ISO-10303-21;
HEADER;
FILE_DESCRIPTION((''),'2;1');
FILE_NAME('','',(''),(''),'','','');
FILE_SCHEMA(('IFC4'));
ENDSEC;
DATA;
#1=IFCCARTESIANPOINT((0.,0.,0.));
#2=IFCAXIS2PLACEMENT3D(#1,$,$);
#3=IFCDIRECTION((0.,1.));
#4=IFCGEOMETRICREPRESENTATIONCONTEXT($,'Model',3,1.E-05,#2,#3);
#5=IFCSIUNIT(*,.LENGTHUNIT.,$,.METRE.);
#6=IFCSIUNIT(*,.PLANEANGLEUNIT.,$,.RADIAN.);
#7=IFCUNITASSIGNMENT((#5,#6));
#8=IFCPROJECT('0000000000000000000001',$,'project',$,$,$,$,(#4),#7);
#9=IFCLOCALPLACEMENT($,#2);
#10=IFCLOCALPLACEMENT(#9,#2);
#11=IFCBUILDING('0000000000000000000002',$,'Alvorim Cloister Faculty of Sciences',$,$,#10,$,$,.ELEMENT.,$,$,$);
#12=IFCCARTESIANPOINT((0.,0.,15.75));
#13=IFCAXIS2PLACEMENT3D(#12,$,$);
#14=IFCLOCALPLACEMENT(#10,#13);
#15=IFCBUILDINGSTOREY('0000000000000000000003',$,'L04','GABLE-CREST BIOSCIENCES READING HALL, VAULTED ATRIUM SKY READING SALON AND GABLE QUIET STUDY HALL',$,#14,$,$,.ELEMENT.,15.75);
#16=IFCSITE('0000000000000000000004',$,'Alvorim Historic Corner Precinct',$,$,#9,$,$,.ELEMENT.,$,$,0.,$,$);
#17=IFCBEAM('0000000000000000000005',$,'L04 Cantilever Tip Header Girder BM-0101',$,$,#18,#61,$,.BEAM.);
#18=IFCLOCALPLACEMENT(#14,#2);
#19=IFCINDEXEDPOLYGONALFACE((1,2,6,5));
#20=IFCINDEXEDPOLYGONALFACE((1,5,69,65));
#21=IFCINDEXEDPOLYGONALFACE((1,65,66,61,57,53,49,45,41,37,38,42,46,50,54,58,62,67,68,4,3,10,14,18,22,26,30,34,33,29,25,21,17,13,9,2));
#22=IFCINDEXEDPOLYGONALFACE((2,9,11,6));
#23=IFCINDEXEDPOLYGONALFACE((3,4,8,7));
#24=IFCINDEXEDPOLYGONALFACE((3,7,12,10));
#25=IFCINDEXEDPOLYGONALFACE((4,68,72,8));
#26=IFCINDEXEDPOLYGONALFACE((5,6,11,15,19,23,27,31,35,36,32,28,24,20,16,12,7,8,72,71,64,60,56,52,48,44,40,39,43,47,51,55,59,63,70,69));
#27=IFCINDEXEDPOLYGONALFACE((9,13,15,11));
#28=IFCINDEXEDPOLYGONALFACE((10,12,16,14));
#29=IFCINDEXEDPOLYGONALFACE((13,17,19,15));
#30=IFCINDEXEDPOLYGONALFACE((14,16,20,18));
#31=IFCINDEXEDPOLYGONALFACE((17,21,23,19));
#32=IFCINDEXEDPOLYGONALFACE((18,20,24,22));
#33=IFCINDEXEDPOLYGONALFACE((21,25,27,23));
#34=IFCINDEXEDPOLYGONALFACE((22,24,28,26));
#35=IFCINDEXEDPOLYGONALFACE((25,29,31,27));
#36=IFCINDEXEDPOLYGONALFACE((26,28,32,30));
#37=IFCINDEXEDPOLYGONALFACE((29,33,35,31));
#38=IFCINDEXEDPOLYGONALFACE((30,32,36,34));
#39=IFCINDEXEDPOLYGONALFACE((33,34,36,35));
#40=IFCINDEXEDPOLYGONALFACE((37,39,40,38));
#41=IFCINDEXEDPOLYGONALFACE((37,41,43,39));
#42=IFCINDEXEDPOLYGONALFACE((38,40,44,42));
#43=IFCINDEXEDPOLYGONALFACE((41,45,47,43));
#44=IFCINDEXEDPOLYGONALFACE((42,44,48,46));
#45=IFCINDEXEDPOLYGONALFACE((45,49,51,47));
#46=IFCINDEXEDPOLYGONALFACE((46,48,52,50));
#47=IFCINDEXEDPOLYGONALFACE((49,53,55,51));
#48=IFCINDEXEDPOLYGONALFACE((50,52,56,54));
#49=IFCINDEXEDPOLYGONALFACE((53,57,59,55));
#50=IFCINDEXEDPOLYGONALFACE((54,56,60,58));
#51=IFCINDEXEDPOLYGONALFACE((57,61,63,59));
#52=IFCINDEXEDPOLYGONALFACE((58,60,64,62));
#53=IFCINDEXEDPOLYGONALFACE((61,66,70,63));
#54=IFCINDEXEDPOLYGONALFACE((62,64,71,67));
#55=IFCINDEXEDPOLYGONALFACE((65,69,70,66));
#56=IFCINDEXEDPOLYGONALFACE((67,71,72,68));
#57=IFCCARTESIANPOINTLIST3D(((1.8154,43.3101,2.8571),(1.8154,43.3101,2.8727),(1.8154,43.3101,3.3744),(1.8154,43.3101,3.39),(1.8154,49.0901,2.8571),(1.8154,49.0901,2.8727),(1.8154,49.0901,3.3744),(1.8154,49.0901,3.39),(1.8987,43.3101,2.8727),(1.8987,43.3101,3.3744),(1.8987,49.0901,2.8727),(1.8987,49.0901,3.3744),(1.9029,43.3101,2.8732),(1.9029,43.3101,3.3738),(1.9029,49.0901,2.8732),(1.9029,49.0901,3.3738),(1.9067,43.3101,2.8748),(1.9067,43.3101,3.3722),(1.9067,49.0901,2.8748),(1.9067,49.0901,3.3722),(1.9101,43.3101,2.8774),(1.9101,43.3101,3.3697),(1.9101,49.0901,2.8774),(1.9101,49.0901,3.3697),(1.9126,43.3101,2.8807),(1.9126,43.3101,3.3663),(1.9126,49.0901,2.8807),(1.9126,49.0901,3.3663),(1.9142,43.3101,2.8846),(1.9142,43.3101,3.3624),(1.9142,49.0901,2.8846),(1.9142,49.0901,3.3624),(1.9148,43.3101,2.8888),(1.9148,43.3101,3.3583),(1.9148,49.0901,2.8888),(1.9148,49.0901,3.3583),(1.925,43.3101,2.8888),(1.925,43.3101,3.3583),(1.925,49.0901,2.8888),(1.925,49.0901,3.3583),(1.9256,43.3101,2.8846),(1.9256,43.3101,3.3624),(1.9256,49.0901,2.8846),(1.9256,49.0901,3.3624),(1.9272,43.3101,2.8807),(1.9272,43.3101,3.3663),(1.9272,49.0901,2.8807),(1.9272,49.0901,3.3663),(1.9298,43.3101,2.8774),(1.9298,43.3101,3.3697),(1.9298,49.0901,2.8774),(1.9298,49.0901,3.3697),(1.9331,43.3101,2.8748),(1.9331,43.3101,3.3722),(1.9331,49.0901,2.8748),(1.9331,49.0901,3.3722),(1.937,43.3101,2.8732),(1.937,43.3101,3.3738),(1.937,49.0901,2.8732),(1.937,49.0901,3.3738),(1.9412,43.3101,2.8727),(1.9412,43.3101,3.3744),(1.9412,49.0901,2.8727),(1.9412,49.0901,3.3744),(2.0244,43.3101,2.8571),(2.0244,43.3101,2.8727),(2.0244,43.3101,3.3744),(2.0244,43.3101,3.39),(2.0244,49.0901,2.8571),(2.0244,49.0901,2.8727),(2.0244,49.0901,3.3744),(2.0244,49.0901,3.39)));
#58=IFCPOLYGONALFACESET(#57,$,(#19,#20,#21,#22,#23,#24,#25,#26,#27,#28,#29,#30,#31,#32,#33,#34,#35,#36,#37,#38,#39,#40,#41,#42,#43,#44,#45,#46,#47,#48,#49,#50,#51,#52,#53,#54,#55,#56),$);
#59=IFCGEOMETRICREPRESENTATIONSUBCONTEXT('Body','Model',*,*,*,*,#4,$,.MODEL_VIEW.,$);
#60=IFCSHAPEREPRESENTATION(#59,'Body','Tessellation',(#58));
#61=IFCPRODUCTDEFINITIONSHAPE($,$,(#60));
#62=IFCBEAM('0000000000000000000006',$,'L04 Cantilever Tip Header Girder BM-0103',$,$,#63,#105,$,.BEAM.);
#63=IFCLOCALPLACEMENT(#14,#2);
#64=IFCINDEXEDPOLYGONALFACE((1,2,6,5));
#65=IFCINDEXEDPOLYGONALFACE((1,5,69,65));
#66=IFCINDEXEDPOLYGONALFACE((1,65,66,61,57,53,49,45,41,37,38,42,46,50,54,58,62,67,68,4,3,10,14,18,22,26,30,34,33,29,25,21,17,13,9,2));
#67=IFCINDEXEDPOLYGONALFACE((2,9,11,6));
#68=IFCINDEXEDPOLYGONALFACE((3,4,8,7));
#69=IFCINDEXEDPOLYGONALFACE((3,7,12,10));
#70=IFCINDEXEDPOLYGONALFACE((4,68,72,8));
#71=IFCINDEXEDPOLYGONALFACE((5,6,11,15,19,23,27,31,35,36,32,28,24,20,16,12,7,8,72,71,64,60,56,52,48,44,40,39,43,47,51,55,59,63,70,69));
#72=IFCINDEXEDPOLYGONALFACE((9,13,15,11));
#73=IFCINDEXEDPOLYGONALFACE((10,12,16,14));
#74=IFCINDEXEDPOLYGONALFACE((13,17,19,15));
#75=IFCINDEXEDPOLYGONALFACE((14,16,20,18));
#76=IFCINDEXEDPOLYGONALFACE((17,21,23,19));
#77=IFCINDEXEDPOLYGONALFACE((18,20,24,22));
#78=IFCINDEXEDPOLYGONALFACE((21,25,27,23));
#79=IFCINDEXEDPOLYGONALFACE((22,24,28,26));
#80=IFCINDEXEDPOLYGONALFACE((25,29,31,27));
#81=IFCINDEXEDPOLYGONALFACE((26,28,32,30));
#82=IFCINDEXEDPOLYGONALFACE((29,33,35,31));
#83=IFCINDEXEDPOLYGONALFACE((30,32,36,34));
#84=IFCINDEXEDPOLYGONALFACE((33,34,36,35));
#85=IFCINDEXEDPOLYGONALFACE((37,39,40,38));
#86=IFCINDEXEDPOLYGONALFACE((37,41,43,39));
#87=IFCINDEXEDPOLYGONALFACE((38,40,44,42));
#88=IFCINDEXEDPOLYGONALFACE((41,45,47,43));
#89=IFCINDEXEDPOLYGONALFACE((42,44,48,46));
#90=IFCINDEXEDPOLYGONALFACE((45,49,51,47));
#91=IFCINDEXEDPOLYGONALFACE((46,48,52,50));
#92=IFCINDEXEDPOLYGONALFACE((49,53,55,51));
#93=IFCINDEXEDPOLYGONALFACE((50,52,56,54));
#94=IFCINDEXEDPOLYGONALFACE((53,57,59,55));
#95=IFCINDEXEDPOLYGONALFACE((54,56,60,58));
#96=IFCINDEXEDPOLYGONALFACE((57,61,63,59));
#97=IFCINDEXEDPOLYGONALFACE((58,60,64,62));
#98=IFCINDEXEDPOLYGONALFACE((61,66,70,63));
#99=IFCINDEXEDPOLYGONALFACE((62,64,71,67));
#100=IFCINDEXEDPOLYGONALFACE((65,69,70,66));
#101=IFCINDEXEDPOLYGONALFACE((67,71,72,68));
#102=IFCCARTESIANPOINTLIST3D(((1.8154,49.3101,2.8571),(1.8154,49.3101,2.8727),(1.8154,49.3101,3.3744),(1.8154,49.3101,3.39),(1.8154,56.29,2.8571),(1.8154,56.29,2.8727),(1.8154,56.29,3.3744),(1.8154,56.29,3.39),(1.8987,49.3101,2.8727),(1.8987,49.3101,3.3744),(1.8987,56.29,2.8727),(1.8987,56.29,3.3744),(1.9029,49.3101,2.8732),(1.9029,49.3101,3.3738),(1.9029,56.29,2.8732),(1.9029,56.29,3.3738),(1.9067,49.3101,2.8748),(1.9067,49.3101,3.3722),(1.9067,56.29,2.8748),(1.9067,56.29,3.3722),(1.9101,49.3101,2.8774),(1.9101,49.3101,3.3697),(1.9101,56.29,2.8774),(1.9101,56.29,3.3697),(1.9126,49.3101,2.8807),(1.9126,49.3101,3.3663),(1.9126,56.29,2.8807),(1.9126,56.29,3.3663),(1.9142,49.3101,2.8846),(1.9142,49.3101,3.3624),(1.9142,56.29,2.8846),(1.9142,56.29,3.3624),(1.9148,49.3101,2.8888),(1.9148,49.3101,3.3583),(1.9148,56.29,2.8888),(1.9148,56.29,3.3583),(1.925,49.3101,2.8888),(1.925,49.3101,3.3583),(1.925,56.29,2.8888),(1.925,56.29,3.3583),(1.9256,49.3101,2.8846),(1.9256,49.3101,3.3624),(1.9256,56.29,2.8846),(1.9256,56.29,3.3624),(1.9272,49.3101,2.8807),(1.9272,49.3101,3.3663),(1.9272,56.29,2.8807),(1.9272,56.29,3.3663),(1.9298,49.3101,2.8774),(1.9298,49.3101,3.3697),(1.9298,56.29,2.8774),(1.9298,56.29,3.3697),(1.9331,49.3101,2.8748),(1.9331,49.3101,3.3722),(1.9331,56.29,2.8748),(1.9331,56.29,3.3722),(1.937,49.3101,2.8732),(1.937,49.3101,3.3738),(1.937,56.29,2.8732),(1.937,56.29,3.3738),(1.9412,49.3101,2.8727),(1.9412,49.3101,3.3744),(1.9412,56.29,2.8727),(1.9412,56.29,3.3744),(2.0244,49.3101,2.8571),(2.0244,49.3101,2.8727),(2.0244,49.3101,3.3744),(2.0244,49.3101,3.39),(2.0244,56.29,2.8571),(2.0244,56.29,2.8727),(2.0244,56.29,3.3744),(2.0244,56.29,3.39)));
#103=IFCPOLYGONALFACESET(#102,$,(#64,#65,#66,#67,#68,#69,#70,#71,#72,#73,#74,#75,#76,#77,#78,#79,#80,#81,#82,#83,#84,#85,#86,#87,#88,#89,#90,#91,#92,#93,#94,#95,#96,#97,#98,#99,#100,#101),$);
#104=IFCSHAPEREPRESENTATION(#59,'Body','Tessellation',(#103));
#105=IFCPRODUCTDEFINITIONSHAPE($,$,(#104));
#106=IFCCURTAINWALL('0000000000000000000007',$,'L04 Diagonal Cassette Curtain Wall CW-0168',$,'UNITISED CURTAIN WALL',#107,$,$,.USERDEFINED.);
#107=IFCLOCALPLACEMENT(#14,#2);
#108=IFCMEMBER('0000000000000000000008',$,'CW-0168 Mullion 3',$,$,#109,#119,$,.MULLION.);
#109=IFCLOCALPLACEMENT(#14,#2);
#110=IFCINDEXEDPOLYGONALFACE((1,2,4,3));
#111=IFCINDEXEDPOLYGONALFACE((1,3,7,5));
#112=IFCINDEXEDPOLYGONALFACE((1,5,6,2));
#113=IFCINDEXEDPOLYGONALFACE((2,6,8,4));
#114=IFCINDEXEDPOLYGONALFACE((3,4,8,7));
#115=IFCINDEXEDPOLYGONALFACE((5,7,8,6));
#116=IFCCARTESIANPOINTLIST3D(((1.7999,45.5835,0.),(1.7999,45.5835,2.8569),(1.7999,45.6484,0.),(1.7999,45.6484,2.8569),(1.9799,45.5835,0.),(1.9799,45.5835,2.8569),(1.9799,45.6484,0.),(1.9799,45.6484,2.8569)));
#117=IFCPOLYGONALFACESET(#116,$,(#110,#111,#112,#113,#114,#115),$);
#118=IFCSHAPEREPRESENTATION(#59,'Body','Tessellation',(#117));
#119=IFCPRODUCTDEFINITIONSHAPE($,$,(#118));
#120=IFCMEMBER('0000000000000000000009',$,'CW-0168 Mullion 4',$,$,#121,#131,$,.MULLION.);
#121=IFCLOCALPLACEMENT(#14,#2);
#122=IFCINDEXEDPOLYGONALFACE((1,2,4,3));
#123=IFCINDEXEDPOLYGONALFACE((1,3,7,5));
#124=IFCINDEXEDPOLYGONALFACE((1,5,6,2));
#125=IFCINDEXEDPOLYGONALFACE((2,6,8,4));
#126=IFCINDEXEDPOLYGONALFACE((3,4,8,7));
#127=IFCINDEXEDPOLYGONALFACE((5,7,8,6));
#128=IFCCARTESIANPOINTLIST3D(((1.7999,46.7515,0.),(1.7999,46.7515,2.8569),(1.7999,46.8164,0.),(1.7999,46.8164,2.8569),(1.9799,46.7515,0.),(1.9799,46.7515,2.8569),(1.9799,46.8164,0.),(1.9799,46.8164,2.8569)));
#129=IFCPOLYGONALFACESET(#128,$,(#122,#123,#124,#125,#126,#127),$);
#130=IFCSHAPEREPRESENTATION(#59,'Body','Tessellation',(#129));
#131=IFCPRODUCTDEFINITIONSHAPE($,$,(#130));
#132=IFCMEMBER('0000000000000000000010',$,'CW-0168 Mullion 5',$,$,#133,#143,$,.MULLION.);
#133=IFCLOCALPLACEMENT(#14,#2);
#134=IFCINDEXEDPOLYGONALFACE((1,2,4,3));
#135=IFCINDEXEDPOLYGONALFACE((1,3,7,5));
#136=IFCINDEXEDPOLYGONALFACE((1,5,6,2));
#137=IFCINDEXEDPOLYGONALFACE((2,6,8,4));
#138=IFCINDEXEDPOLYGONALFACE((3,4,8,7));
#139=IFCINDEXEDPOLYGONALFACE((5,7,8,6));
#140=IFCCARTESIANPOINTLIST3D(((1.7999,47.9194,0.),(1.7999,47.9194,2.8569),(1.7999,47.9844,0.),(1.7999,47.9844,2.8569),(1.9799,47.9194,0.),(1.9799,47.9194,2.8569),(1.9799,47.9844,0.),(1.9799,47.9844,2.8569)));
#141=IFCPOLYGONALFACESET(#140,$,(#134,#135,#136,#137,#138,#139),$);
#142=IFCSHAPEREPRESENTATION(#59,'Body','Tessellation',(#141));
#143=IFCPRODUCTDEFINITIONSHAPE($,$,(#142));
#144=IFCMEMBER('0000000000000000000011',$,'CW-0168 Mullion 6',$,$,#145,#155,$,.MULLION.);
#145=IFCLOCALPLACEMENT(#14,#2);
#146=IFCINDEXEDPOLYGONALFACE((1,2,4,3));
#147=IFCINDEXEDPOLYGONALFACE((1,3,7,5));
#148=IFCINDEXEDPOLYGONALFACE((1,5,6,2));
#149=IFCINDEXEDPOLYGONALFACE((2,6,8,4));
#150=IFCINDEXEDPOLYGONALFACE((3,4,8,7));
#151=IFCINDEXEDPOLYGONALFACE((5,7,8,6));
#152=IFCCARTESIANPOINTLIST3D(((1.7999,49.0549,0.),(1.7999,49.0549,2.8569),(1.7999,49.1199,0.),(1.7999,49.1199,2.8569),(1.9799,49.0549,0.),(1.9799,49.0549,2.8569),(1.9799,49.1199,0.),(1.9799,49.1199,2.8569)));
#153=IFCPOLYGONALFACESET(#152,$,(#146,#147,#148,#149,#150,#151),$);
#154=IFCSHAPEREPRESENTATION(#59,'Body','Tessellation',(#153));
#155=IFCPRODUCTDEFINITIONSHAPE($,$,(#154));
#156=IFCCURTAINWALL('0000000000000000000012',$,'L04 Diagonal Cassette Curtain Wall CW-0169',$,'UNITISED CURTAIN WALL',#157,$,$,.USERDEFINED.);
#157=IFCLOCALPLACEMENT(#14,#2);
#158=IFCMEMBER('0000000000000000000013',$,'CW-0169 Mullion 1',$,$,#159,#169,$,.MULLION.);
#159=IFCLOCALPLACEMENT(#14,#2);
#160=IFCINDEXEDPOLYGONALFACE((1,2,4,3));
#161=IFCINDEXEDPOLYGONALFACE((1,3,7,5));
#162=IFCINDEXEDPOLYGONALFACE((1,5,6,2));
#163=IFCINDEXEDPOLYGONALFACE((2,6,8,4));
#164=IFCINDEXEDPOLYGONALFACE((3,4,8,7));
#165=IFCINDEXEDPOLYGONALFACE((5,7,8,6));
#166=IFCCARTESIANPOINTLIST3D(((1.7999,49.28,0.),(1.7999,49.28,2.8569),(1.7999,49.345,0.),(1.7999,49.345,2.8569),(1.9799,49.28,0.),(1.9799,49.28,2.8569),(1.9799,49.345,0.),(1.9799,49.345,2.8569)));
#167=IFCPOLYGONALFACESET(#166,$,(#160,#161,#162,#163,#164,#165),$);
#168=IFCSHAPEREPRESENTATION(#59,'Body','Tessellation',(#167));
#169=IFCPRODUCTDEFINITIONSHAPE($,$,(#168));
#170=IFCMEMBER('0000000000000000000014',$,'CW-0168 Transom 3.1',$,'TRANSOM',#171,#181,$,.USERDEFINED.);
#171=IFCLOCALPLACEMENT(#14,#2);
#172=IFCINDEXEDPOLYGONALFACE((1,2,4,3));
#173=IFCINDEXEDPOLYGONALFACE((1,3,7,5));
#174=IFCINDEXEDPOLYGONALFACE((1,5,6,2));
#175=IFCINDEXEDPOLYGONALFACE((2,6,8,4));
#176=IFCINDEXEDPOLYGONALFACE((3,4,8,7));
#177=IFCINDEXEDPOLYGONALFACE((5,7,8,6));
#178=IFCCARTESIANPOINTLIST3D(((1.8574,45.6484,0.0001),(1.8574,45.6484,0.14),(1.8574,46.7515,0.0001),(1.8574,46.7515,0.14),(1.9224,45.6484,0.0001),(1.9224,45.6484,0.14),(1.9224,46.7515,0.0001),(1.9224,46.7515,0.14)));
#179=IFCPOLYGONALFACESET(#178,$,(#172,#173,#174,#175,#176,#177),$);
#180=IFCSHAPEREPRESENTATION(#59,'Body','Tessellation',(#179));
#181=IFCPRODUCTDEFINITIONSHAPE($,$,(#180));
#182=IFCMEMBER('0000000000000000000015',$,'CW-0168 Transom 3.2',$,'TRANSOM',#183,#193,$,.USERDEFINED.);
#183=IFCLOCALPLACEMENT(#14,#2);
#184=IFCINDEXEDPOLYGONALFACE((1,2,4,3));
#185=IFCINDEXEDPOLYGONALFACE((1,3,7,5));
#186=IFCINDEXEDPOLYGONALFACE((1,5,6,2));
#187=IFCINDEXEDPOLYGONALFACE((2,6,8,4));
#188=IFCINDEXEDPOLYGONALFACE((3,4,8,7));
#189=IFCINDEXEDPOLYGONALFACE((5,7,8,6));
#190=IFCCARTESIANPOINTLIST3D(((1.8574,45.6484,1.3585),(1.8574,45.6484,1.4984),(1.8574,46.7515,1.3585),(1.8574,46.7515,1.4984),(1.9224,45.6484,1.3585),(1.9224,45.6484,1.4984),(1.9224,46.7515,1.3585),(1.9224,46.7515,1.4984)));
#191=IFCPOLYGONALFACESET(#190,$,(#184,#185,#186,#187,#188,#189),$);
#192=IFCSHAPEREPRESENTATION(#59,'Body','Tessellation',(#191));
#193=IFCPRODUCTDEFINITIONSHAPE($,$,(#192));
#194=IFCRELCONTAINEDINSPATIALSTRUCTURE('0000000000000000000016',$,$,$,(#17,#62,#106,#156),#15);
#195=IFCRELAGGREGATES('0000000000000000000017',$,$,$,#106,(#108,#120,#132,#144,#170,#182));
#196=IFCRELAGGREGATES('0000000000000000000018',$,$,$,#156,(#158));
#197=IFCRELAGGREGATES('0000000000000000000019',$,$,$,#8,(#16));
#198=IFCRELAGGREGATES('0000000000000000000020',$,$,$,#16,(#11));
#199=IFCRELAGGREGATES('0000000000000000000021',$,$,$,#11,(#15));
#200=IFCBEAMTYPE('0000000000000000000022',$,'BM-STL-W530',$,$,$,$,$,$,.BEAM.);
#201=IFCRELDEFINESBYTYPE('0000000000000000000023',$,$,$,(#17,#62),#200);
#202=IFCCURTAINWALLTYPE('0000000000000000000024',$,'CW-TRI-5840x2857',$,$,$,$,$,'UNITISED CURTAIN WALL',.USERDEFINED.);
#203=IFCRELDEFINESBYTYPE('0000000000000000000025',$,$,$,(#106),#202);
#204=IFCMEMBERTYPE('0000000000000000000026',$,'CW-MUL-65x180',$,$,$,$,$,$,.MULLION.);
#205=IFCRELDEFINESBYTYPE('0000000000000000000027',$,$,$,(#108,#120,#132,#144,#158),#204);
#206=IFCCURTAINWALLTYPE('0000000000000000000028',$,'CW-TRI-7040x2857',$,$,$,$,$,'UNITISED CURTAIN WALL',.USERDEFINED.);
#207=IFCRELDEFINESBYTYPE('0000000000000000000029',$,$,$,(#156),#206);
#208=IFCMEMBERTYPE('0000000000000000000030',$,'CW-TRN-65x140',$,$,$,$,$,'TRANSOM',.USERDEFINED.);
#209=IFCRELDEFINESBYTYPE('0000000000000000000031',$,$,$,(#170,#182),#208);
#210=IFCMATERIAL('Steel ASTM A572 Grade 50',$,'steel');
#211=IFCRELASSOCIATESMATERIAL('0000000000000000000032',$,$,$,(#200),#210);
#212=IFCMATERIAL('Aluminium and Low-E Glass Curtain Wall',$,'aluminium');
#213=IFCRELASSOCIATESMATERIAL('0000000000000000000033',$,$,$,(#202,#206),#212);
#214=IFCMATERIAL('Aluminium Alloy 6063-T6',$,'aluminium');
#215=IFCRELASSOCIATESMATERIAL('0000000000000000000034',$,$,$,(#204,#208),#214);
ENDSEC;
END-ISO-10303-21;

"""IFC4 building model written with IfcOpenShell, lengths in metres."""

from ifc_helpers import new_model, si_unit, direction, frame, origin, origin_2d, place, context, subcontext, project, spatial, rectangle, i_section, extrude, material, material_profile, profile_set, type_object, element, aggregate, save


model = new_model("IFC4")

# Units and contexts
model_context = context("Model", 3, precision=1e-05, world=origin(), true_north=direction((0.0, 1.0)))
body_context = subcontext(model_context, "Body", "Model", "MODEL_VIEW")
ifc_project = project(units=[si_unit("LENGTHUNIT", "METRE"), si_unit("PLANEANGLEUNIT", "RADIAN")], contexts=[model_context])

# Site, building, storey
site_placement = place(None, origin())
site = spatial("IfcSite", under=ifc_project, at=site_placement, Name="Alvorim Historic Corner Precinct", CompositionType="ELEMENT", RefElevation=0.0)
building_placement = place(site_placement, origin())
building = spatial("IfcBuilding", under=site, at=building_placement, Name="Alvorim Cloister Faculty of Sciences", CompositionType="ELEMENT")
storey_placement = place(building_placement, frame((0.0, 0.0, 15.75)))
storey = spatial("IfcBuildingStorey", under=building, at=storey_placement, Name="L04", Description="GABLE-CREST BIOSCIENCES READING HALL, VAULTED ATRIUM SKY READING SALON AND GABLE QUIET STUDY HALL", CompositionType="ELEMENT", Elevation=15.75)

# Beams
ifc_material_1 = material(Name="Steel ASTM A572 Grade 50", Category="steel")
ifc_material_profile_1 = material_profile(ifc_material_1, i_section(OverallWidth=0.209, OverallDepth=0.533, WebThickness=0.0103, FlangeThickness=0.0156, FilletRadius=0.0161, at=origin_2d()), Name="W530x92.0")
ifc_profile_set_1 = profile_set([ifc_material_profile_1], Name="Steel ASTM A572 Grade 50")
beam_type = type_object("IfcBeamType", Name="BM-STL-W530", PredefinedType="BEAM", material=ifc_profile_set_1)
beam_1_placement = place(storey_placement, frame((1.9199, 43.3101, 3.1235), z_axis=(0.0, 1.0, 0.0), x_axis=(-1.0, 0.0, 0.0)))
element("IfcBeam", 1, at=beam_1_placement, inside=storey, type_object=beam_type, Name="L04 Cantilever Tip Header Girder BM-0101", PredefinedType="BEAM", context=body_context, shape_type="SweptSolid", body=[
    extrude(i_section(OverallWidth=0.209, OverallDepth=0.533, WebThickness=0.0103, FlangeThickness=0.0156, FilletRadius=0.0161, at=origin_2d()), origin(), (0.0, 0.0, 1.0), 5.78),
])
beam_2_placement = place(storey_placement, frame((1.9199, 49.3101, 3.1235), z_axis=(0.0, 1.0, 0.0), x_axis=(-1.0, 0.0, 0.0)))
element("IfcBeam", 2, at=beam_2_placement, inside=storey, type_object=beam_type, Name="L04 Cantilever Tip Header Girder BM-0103", PredefinedType="BEAM", context=body_context, shape_type="SweptSolid", body=[
    extrude(i_section(OverallWidth=0.209, OverallDepth=0.533, WebThickness=0.0103, FlangeThickness=0.0156, FilletRadius=0.0161, at=origin_2d()), origin(), (0.0, 0.0, 1.0), 6.98),
])

# Curtain wall, members
ifc_material_2 = material(Name="Aluminium and Low-E Glass Curtain Wall", Category="aluminium")
curtain_wall_type_1 = type_object("IfcCurtainWallType", Name="CW-TRI-5840x2857", ElementType="UNITISED CURTAIN WALL", PredefinedType="USERDEFINED", material=ifc_material_2)
curtain_wall_1_placement = place(storey_placement, origin())
curtain_wall_1 = element("IfcCurtainWall", 3, at=curtain_wall_1_placement, inside=storey, type_object=curtain_wall_type_1, Name="L04 Diagonal Cassette Curtain Wall CW-0168", ObjectType="UNITISED CURTAIN WALL", PredefinedType="USERDEFINED")
ifc_material_3 = material(Name="Aluminium Alloy 6063-T6", Category="aluminium")
ifc_material_profile_2 = material_profile(ifc_material_3, rectangle(XDim=0.0649, YDim=0.1799, at=origin_2d()), Name="ALU-MUL-65x180")
ifc_profile_set_2 = profile_set([ifc_material_profile_2], Name="Aluminium Alloy 6063-T6")
member_type_1 = type_object("IfcMemberType", Name="CW-MUL-65x180", PredefinedType="MULLION", material=ifc_profile_set_2)
member_1_placement = place(storey_placement, frame((1.8899, 45.616, 0.0), z_axis=(0.0, 0.0, 1.0), x_axis=(0.0, 1.0, 0.0)))
member_1 = element("IfcMember", 4, at=member_1_placement, type_object=member_type_1, Name="CW-0168 Mullion 3", PredefinedType="MULLION", context=body_context, shape_type="SweptSolid", body=[
    extrude(rectangle(XDim=0.0649, YDim=0.1799, at=origin_2d()), origin(), (0.0, 0.0, 1.0), 2.8569),
])
member_2_placement = place(storey_placement, frame((1.8899, 46.7839, 0.0), z_axis=(0.0, 0.0, 1.0), x_axis=(0.0, 1.0, 0.0)))
member_2 = element("IfcMember", 5, at=member_2_placement, type_object=member_type_1, Name="CW-0168 Mullion 4", PredefinedType="MULLION", context=body_context, shape_type="SweptSolid", body=[
    extrude(rectangle(XDim=0.0649, YDim=0.1799, at=origin_2d()), origin(), (0.0, 0.0, 1.0), 2.8569),
])
member_3_placement = place(storey_placement, frame((1.8899, 47.9519, 0.0), z_axis=(0.0, 0.0, 1.0), x_axis=(0.0, 1.0, 0.0)))
member_3 = element("IfcMember", 6, at=member_3_placement, type_object=member_type_1, Name="CW-0168 Mullion 5", PredefinedType="MULLION", context=body_context, shape_type="SweptSolid", body=[
    extrude(rectangle(XDim=0.0649, YDim=0.1799, at=origin_2d()), origin(), (0.0, 0.0, 1.0), 2.8569),
])
member_4_placement = place(storey_placement, frame((1.8899, 49.0874, 0.0), z_axis=(0.0, 0.0, 1.0), x_axis=(0.0, 1.0, 0.0)))
member_4 = element("IfcMember", 7, at=member_4_placement, type_object=member_type_1, Name="CW-0168 Mullion 6", PredefinedType="MULLION", context=body_context, shape_type="SweptSolid", body=[
    extrude(rectangle(XDim=0.0649, YDim=0.1799, at=origin_2d()), origin(), (0.0, 0.0, 1.0), 2.8569),
])

# Curtain wall, member
curtain_wall_type_2 = type_object("IfcCurtainWallType", Name="CW-TRI-7040x2857", ElementType="UNITISED CURTAIN WALL", PredefinedType="USERDEFINED", material=ifc_material_2)
curtain_wall_2_placement = place(storey_placement, origin())
curtain_wall_2 = element("IfcCurtainWall", 8, at=curtain_wall_2_placement, inside=storey, type_object=curtain_wall_type_2, Name="L04 Diagonal Cassette Curtain Wall CW-0169", ObjectType="UNITISED CURTAIN WALL", PredefinedType="USERDEFINED")
member_5_placement = place(storey_placement, frame((1.8899, 49.3125, 0.0), z_axis=(0.0, 0.0, 1.0), x_axis=(0.0, 1.0, 0.0)))
member_5 = element("IfcMember", 9, at=member_5_placement, type_object=member_type_1, Name="CW-0169 Mullion 1", PredefinedType="MULLION", context=body_context, shape_type="SweptSolid", body=[
    extrude(rectangle(XDim=0.0649, YDim=0.1799, at=origin_2d()), origin(), (0.0, 0.0, 1.0), 2.8569),
])

# Members
ifc_material_profile_3 = material_profile(ifc_material_3, rectangle(XDim=0.0649, YDim=0.1399, at=origin_2d()), Name="ALU-TRN-65x140")
ifc_profile_set_3 = profile_set([ifc_material_profile_3], Name="Aluminium Alloy 6063-T6")
member_type_2 = type_object("IfcMemberType", Name="CW-TRN-65x140", ElementType="TRANSOM", PredefinedType="USERDEFINED", material=ifc_profile_set_3)
member_6_placement = place(storey_placement, frame((1.8899, 45.6484, 0.0701), z_axis=(0.0, 1.0, 0.0), x_axis=(-1.0, 0.0, 0.0)))
member_6 = element("IfcMember", 10, at=member_6_placement, type_object=member_type_2, Name="CW-0168 Transom 3.1", ObjectType="TRANSOM", PredefinedType="USERDEFINED", context=body_context, shape_type="SweptSolid", body=[
    extrude(rectangle(XDim=0.0649, YDim=0.1399, at=origin_2d()), origin(), (0.0, 0.0, 1.0), 1.103),
])
member_7_placement = place(storey_placement, frame((1.8899, 45.6484, 1.4285), z_axis=(0.0, 1.0, 0.0), x_axis=(-1.0, 0.0, 0.0)))
member_7 = element("IfcMember", 11, at=member_7_placement, type_object=member_type_2, Name="CW-0168 Transom 3.2", ObjectType="TRANSOM", PredefinedType="USERDEFINED", context=body_context, shape_type="SweptSolid", body=[
    extrude(rectangle(XDim=0.0649, YDim=0.1399, at=origin_2d()), origin(), (0.0, 0.0, 1.0), 1.103),
])
aggregate(curtain_wall_1, [member_1, member_2, member_3, member_4, member_6, member_7])
aggregate(curtain_wall_2, [member_5])

save(model, "model.ifc")
